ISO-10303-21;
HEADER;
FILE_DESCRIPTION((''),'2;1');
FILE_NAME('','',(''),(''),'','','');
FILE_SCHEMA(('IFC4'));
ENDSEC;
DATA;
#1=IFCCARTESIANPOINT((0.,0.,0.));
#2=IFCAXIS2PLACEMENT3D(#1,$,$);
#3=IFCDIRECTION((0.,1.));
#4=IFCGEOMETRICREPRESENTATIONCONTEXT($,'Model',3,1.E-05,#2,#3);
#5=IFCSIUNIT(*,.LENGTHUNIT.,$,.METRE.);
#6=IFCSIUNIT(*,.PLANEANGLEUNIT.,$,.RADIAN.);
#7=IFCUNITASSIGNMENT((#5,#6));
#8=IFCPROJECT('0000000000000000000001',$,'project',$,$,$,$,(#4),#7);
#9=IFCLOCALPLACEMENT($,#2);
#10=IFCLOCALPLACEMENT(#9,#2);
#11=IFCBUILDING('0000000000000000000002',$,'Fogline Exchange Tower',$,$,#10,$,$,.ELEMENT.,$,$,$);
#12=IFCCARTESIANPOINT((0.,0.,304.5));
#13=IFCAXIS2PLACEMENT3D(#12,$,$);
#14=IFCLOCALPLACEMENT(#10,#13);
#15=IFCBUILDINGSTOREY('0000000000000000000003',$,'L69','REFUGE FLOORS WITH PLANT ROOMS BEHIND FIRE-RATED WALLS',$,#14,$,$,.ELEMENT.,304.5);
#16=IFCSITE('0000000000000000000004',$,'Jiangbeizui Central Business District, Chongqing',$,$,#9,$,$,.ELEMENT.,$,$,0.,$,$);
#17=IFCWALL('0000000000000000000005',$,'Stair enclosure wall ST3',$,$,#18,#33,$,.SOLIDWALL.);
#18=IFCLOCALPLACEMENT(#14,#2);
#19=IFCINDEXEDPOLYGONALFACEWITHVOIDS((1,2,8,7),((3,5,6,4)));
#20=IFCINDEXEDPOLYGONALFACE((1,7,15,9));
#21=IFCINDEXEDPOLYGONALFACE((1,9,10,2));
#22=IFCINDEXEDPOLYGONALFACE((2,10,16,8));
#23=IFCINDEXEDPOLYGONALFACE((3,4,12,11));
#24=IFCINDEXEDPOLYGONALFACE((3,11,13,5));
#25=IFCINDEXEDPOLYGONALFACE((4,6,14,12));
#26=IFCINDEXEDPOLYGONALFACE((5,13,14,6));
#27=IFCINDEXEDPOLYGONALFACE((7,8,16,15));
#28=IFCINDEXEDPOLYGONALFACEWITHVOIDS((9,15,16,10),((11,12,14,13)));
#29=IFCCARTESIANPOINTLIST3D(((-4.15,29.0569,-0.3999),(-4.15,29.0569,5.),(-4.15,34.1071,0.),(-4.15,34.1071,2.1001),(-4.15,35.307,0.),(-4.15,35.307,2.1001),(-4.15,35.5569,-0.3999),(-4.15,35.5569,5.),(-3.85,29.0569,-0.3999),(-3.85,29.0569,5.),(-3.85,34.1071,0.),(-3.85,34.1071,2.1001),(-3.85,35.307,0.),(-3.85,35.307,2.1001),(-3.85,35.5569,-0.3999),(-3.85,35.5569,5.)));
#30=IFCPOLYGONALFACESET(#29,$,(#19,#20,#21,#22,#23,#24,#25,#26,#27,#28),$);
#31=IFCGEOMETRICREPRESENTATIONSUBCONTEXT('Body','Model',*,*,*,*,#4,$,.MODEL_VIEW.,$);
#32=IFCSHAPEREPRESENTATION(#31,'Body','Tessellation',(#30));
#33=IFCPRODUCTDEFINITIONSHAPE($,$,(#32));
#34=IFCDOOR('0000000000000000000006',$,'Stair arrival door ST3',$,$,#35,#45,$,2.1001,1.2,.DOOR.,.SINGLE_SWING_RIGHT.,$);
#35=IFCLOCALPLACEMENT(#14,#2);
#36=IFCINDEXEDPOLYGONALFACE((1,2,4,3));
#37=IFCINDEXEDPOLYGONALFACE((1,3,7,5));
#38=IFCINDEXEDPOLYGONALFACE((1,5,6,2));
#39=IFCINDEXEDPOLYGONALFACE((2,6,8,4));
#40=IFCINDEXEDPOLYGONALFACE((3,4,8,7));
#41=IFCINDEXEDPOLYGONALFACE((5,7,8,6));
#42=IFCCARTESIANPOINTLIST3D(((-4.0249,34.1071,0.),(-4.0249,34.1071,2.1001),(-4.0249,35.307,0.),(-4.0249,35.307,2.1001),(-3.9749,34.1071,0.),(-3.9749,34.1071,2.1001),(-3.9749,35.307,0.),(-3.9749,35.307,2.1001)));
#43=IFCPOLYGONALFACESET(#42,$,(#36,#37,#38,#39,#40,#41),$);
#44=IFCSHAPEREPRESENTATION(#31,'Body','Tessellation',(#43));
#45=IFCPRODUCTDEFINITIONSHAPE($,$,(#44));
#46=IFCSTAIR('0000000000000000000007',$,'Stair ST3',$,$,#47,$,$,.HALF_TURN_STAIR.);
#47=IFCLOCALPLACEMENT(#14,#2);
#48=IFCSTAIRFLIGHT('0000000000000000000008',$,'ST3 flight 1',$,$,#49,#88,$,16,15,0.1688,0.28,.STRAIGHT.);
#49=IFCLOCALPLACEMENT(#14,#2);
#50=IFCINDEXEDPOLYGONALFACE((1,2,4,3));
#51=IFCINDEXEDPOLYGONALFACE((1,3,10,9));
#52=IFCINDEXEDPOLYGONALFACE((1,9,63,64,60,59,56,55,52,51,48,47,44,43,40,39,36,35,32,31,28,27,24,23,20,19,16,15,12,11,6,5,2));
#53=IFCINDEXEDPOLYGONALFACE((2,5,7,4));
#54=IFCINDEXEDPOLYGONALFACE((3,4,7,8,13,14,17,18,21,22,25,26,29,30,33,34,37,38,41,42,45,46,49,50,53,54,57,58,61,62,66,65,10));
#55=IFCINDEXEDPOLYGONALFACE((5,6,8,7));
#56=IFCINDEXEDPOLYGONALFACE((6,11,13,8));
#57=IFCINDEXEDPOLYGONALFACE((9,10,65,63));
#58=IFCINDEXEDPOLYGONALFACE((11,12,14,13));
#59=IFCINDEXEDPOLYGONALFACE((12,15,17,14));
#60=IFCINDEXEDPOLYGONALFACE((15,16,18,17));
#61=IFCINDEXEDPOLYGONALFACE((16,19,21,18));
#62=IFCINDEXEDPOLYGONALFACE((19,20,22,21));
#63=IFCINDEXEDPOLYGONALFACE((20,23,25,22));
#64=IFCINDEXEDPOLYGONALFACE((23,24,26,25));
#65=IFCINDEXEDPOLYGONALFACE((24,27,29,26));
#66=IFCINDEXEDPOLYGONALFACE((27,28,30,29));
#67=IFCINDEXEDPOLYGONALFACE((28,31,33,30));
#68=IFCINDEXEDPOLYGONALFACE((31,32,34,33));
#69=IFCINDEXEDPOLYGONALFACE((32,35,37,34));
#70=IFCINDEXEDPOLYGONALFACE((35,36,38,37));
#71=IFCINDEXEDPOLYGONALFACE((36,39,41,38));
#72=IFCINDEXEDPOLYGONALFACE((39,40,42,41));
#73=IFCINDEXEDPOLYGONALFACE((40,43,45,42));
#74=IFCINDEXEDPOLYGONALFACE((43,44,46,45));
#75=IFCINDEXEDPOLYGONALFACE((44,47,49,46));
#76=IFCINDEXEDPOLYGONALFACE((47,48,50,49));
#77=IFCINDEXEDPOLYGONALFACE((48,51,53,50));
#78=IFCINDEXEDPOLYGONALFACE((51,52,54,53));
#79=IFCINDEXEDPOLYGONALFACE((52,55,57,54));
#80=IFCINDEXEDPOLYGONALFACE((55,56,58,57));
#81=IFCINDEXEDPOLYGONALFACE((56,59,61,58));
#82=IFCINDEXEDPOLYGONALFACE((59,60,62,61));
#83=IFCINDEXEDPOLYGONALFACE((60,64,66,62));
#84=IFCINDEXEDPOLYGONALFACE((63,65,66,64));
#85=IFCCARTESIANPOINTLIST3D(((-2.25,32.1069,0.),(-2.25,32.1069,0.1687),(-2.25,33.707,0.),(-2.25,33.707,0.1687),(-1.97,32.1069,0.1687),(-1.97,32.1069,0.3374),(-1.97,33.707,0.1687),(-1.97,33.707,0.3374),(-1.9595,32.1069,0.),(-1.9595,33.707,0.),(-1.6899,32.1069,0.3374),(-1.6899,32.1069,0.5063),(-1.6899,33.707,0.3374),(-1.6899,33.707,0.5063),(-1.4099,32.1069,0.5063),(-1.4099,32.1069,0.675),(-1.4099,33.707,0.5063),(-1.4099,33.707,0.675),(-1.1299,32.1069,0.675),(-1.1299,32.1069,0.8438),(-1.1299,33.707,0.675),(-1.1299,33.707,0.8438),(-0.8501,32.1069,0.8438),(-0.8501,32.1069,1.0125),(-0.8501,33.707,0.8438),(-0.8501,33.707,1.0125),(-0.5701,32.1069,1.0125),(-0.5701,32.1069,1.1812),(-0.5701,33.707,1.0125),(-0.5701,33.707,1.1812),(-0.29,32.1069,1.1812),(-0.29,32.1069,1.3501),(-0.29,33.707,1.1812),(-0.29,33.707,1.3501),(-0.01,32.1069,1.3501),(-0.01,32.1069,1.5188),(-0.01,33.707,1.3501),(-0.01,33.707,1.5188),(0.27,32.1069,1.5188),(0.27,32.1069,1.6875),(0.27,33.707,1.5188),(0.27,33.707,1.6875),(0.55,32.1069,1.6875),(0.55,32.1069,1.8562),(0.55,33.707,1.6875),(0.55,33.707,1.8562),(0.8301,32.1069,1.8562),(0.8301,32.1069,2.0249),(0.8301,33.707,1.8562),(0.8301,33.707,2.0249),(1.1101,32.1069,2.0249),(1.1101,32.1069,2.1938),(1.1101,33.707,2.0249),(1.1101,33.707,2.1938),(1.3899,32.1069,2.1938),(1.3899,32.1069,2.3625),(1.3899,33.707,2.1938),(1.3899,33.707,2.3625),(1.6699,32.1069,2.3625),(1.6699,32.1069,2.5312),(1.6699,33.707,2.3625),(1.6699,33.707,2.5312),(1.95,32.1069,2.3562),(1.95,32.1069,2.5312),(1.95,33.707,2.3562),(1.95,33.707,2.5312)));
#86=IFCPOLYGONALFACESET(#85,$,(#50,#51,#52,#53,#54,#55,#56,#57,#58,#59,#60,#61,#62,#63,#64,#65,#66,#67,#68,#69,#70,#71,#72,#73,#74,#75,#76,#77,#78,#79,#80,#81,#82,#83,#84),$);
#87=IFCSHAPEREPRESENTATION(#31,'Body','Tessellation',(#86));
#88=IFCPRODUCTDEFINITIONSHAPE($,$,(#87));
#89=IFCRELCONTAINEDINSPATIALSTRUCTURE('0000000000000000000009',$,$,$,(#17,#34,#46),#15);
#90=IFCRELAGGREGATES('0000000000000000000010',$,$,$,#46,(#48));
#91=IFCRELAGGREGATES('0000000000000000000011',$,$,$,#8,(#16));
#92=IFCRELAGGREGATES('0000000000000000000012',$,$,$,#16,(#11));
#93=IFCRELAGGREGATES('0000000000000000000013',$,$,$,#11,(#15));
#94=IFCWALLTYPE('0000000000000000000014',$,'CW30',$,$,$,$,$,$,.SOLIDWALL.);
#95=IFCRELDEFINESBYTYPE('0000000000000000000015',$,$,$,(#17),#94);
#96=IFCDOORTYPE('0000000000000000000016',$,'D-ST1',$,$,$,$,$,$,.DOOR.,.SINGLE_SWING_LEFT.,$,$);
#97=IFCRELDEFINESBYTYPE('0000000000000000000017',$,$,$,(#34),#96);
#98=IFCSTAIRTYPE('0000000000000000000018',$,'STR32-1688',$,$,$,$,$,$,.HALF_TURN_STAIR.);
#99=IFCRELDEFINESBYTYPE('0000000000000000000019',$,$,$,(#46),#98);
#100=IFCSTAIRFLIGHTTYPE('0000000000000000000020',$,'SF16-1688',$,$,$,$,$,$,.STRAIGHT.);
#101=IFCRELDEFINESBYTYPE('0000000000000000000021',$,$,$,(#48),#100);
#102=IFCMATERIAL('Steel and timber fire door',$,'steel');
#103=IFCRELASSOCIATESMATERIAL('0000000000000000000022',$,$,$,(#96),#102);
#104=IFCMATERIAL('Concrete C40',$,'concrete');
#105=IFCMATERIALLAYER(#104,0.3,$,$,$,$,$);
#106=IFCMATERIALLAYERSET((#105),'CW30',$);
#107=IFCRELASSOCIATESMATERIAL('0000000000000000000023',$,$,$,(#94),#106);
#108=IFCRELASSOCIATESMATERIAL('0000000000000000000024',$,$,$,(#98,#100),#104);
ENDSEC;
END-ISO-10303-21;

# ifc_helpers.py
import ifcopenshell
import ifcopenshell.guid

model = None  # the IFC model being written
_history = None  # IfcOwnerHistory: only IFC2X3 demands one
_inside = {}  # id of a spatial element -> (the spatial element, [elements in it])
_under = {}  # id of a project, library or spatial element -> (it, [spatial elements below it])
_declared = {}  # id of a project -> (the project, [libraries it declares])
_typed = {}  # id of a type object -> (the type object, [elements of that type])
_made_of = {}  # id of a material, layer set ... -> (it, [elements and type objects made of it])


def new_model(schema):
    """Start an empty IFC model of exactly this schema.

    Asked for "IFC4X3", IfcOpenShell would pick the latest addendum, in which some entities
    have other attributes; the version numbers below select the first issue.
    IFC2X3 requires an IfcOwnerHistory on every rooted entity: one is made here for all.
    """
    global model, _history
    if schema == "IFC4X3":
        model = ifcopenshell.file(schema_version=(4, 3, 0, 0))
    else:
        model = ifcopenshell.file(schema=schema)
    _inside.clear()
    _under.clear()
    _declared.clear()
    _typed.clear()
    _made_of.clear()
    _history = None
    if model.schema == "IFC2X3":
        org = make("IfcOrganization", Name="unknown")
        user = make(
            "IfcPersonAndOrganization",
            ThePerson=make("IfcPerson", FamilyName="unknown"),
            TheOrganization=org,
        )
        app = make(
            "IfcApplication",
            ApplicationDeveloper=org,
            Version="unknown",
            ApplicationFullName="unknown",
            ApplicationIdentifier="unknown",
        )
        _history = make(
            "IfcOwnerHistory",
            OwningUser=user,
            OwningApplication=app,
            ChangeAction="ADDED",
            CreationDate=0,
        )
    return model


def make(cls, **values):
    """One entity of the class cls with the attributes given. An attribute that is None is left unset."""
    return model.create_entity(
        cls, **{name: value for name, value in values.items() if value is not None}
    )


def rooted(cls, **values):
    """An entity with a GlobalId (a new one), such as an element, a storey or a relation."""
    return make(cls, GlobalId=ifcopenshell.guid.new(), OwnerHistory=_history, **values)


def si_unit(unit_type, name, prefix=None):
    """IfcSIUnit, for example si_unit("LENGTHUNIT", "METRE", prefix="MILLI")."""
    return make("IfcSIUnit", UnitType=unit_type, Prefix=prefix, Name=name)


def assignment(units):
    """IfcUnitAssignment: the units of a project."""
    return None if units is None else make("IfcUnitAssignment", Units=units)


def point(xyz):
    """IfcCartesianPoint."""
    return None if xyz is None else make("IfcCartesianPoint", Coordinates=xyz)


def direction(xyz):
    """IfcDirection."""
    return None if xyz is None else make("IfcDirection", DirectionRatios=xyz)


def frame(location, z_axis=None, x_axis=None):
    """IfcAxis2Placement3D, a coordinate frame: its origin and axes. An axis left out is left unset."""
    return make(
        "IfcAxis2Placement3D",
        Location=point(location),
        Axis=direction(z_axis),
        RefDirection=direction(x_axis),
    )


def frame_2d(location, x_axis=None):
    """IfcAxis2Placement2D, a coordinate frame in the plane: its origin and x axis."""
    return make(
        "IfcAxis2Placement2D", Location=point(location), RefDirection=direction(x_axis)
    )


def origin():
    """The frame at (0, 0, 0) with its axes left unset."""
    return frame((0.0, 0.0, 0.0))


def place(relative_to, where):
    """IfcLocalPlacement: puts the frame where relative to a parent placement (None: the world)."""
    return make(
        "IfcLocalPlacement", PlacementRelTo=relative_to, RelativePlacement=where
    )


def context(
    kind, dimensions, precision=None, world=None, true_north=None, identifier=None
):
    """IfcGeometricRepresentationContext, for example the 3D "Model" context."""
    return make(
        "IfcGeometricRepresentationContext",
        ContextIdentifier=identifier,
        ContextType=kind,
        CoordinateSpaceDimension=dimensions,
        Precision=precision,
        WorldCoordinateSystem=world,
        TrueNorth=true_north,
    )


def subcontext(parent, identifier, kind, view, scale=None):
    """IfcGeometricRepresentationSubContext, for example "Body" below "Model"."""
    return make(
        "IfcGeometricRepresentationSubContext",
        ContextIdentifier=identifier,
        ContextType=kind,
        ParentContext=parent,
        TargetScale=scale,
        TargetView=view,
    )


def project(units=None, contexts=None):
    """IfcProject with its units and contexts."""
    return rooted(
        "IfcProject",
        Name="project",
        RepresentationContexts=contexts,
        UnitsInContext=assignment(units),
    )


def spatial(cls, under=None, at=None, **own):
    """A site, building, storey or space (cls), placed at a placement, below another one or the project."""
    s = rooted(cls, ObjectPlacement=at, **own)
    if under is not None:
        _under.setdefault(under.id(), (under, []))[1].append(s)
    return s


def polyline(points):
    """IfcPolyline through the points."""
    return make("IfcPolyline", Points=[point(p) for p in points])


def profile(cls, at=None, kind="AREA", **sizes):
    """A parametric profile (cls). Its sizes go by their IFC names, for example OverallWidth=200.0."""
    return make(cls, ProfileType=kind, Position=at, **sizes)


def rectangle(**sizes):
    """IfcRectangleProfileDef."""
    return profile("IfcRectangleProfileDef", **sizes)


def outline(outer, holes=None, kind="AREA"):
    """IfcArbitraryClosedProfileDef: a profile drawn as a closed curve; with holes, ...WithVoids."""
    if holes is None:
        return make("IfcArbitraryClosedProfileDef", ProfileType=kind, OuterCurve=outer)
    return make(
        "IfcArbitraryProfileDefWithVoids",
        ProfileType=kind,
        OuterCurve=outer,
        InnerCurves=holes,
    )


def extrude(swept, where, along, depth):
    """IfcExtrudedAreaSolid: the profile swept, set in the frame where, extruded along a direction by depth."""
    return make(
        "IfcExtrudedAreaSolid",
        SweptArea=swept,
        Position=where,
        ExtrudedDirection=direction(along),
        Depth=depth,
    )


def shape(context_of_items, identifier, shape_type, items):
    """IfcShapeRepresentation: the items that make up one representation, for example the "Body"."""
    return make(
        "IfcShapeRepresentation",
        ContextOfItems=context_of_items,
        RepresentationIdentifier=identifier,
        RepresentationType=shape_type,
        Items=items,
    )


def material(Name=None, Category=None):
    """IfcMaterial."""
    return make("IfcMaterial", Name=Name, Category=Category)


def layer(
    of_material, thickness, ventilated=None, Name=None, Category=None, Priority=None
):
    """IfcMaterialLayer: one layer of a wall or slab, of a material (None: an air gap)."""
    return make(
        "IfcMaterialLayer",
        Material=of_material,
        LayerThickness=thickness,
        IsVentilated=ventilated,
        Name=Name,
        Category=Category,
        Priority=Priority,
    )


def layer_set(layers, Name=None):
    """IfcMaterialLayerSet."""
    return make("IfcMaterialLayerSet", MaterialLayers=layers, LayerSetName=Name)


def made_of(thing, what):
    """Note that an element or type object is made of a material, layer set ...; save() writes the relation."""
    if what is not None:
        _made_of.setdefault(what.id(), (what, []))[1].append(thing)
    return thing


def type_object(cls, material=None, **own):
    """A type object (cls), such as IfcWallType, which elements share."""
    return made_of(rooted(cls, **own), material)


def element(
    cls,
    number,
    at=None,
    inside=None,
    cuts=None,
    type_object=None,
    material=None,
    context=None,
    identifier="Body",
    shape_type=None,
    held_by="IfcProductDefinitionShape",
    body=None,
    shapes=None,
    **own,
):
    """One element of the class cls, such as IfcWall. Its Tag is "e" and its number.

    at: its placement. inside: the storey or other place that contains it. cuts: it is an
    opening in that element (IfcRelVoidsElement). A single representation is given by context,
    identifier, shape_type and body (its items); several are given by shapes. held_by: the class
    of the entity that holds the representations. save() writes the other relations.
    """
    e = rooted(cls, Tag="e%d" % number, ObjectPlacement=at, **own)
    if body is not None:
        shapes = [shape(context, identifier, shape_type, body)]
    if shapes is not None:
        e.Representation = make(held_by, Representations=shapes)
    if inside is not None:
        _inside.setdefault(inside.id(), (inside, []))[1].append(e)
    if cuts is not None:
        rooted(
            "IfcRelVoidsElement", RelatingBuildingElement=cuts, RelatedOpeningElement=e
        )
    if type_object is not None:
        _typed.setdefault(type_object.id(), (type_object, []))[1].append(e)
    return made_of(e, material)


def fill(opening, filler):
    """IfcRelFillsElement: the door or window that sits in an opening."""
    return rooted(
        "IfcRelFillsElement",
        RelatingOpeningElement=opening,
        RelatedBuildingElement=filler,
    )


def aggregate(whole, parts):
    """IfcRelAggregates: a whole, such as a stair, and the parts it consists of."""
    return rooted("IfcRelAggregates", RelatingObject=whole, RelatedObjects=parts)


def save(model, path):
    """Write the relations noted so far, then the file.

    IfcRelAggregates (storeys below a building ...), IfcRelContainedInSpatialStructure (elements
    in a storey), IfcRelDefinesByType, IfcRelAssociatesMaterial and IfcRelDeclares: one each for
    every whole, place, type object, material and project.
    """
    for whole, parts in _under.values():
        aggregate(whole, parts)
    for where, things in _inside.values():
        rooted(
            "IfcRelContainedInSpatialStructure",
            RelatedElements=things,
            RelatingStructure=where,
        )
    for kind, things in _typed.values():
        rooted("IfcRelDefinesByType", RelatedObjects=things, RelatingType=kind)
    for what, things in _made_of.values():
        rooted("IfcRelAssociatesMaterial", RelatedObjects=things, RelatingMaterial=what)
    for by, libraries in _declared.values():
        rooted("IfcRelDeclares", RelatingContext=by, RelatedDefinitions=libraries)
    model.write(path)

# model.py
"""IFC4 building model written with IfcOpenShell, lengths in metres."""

from ifc_helpers import new_model, si_unit, direction, frame, frame_2d, origin, place, context, subcontext, project, spatial, polyline, rectangle, outline, extrude, material, layer, layer_set, type_object, element, fill, aggregate, save


model = new_model("IFC4")

# Units and contexts
model_context = context("Model", 3, precision=1e-05, world=origin(), true_north=direction((0.0, 1.0)))
body_context = subcontext(model_context, "Body", "Model", "MODEL_VIEW")
ifc_project = project(units=[si_unit("LENGTHUNIT", "METRE"), si_unit("PLANEANGLEUNIT", "RADIAN")], contexts=[model_context])

# Site, building, storey
site_placement = place(None, origin())
site = spatial("IfcSite", under=ifc_project, at=site_placement, Name="Jiangbeizui Central Business District, Chongqing", CompositionType="ELEMENT", RefElevation=0.0)
building_placement = place(site_placement, origin())
building = spatial("IfcBuilding", under=site, at=building_placement, Name="Fogline Exchange Tower", CompositionType="ELEMENT")
storey_placement = place(building_placement, frame((0.0, 0.0, 304.5)))
storey = spatial("IfcBuildingStorey", under=building, at=storey_placement, Name="L69", Description="REFUGE FLOORS WITH PLANT ROOMS BEHIND FIRE-RATED WALLS", CompositionType="ELEMENT", Elevation=304.5)

# Shared definitions
ifc_material_1 = material(Name="Concrete C40", Category="concrete")

# Wall, opening, door
ifc_material_2 = material(Name="Steel and timber fire door", Category="steel")
door_type_1 = type_object("IfcDoorType", Name="D-ST1", OperationType="SINGLE_SWING_LEFT", PredefinedType="DOOR", material=ifc_material_2)
ifc_layer_1 = layer(ifc_material_1, 0.3)
ifc_layer_set_1 = layer_set([ifc_layer_1], Name="CW30")
wall_type_1 = type_object("IfcWallType", Name="CW30", PredefinedType="SOLIDWALL", material=ifc_layer_set_1)
wall_1_placement = place(storey_placement, frame((-4.0, 29.0569, -0.3999), z_axis=(0.0, 0.0, 1.0), x_axis=(0.0, 1.0, 0.0)))
wall_1 = element("IfcWall", 1, at=wall_1_placement, inside=storey, type_object=wall_type_1, Name="Stair enclosure wall ST3", PredefinedType="SOLIDWALL", context=body_context, shape_type="SweptSolid", body=[
    extrude(rectangle(XDim=6.5, YDim=0.3, at=frame_2d((3.25, 0.0))), origin(), (0.0, 0.0, 1.0), 5.3999),
])
opening_1_placement = place(wall_1_placement, frame((5.05, 0.0, 0.3999)))
opening_1 = element("IfcOpeningElement", 2, at=opening_1_placement, cuts=wall_1, PredefinedType="OPENING", context=body_context, shape_type="SweptSolid", body=[
    extrude(rectangle(XDim=1.2, YDim=2.1001, at=frame_2d((0.6001, 1.05))), frame((0.0, 0.1602, 0.0), z_axis=(0.0, -1.0, 0.0), x_axis=(1.0, 0.0, 0.0)), (0.0, 0.0, 1.0), 0.3201),
])
door_1_placement = place(opening_1_placement, origin())
door_1 = element("IfcDoor", 3, at=door_1_placement, inside=storey, type_object=door_type_1, Name="Stair arrival door ST3", OperationType="SINGLE_SWING_RIGHT", OverallHeight=2.1001, OverallWidth=1.2, PredefinedType="DOOR", context=body_context, shape_type="SweptSolid", body=[
    extrude(rectangle(XDim=1.2, YDim=2.1001, at=frame_2d((0.6001, 1.05))), frame((0.0, 0.0249, 0.0), z_axis=(0.0, -1.0, 0.0), x_axis=(1.0, 0.0, 0.0)), (0.0, 0.0, 1.0), 0.05),
])
fill(opening_1, door_1)

# Stair, stair flight
stair_type = type_object("IfcStairType", Name="STR32-1688", PredefinedType="HALF_TURN_STAIR", material=ifc_material_1)
stair_placement = place(storey_placement, origin())
stair = element("IfcStair", 4, at=stair_placement, inside=storey, type_object=stair_type, Name="Stair ST3", PredefinedType="HALF_TURN_STAIR")
stair_flight_type = type_object("IfcStairFlightType", Name="SF16-1688", PredefinedType="STRAIGHT", material=ifc_material_1)
stair_flight_placement = place(storey_placement, frame((-2.25, 32.907, 0.0), z_axis=(0.0, 0.0, 1.0), x_axis=(1.0, 0.0, 0.0)))
stair_flight = element("IfcStairFlight", 5, at=stair_flight_placement, type_object=stair_flight_type, Name="ST3 flight 1", NumberOfRisers=16, NumberOfTreads=15, PredefinedType="STRAIGHT", RiserHeight=0.1688, TreadLength=0.28, context=body_context, shape_type="SweptSolid", body=[
    extrude(outline(polyline([(0.0, 0.0), (0.0, 0.1687), (0.28, 0.1687), (0.28, 0.3374), (0.5601, 0.3374), (0.5601, 0.5063), (0.8401, 0.5063), (0.8401, 0.675), (1.1201, 0.675), (1.1201, 0.8438), (1.3999, 0.8438), (1.3999, 1.0125), (1.6799, 1.0125), (1.6799, 1.1812), (1.96, 1.1812), (1.96, 1.3501), (2.24, 1.3501), (2.24, 1.5188), (2.52, 1.5188), (2.52, 1.6875), (2.8, 1.6875), (2.8, 1.8562), (3.0801, 1.8562), (3.0801, 2.0249), (3.3601, 2.0249), (3.3601, 2.1938), (3.6399, 2.1938), (3.6399, 2.3625), (3.9199, 2.3625), (3.9199, 2.5312), (4.2, 2.5312), (4.2, 2.7), (4.2, 2.3562), (0.2905, 0.0), (0.0, 0.0)])), frame((0.0, 0.8, 0.0), z_axis=(0.0, -1.0, 0.0), x_axis=(1.0, 0.0, 0.0)), (0.0, 0.0, 1.0), 1.6001),
])
aggregate(stair, [stair_flight])

save(model, "model.ifc")
